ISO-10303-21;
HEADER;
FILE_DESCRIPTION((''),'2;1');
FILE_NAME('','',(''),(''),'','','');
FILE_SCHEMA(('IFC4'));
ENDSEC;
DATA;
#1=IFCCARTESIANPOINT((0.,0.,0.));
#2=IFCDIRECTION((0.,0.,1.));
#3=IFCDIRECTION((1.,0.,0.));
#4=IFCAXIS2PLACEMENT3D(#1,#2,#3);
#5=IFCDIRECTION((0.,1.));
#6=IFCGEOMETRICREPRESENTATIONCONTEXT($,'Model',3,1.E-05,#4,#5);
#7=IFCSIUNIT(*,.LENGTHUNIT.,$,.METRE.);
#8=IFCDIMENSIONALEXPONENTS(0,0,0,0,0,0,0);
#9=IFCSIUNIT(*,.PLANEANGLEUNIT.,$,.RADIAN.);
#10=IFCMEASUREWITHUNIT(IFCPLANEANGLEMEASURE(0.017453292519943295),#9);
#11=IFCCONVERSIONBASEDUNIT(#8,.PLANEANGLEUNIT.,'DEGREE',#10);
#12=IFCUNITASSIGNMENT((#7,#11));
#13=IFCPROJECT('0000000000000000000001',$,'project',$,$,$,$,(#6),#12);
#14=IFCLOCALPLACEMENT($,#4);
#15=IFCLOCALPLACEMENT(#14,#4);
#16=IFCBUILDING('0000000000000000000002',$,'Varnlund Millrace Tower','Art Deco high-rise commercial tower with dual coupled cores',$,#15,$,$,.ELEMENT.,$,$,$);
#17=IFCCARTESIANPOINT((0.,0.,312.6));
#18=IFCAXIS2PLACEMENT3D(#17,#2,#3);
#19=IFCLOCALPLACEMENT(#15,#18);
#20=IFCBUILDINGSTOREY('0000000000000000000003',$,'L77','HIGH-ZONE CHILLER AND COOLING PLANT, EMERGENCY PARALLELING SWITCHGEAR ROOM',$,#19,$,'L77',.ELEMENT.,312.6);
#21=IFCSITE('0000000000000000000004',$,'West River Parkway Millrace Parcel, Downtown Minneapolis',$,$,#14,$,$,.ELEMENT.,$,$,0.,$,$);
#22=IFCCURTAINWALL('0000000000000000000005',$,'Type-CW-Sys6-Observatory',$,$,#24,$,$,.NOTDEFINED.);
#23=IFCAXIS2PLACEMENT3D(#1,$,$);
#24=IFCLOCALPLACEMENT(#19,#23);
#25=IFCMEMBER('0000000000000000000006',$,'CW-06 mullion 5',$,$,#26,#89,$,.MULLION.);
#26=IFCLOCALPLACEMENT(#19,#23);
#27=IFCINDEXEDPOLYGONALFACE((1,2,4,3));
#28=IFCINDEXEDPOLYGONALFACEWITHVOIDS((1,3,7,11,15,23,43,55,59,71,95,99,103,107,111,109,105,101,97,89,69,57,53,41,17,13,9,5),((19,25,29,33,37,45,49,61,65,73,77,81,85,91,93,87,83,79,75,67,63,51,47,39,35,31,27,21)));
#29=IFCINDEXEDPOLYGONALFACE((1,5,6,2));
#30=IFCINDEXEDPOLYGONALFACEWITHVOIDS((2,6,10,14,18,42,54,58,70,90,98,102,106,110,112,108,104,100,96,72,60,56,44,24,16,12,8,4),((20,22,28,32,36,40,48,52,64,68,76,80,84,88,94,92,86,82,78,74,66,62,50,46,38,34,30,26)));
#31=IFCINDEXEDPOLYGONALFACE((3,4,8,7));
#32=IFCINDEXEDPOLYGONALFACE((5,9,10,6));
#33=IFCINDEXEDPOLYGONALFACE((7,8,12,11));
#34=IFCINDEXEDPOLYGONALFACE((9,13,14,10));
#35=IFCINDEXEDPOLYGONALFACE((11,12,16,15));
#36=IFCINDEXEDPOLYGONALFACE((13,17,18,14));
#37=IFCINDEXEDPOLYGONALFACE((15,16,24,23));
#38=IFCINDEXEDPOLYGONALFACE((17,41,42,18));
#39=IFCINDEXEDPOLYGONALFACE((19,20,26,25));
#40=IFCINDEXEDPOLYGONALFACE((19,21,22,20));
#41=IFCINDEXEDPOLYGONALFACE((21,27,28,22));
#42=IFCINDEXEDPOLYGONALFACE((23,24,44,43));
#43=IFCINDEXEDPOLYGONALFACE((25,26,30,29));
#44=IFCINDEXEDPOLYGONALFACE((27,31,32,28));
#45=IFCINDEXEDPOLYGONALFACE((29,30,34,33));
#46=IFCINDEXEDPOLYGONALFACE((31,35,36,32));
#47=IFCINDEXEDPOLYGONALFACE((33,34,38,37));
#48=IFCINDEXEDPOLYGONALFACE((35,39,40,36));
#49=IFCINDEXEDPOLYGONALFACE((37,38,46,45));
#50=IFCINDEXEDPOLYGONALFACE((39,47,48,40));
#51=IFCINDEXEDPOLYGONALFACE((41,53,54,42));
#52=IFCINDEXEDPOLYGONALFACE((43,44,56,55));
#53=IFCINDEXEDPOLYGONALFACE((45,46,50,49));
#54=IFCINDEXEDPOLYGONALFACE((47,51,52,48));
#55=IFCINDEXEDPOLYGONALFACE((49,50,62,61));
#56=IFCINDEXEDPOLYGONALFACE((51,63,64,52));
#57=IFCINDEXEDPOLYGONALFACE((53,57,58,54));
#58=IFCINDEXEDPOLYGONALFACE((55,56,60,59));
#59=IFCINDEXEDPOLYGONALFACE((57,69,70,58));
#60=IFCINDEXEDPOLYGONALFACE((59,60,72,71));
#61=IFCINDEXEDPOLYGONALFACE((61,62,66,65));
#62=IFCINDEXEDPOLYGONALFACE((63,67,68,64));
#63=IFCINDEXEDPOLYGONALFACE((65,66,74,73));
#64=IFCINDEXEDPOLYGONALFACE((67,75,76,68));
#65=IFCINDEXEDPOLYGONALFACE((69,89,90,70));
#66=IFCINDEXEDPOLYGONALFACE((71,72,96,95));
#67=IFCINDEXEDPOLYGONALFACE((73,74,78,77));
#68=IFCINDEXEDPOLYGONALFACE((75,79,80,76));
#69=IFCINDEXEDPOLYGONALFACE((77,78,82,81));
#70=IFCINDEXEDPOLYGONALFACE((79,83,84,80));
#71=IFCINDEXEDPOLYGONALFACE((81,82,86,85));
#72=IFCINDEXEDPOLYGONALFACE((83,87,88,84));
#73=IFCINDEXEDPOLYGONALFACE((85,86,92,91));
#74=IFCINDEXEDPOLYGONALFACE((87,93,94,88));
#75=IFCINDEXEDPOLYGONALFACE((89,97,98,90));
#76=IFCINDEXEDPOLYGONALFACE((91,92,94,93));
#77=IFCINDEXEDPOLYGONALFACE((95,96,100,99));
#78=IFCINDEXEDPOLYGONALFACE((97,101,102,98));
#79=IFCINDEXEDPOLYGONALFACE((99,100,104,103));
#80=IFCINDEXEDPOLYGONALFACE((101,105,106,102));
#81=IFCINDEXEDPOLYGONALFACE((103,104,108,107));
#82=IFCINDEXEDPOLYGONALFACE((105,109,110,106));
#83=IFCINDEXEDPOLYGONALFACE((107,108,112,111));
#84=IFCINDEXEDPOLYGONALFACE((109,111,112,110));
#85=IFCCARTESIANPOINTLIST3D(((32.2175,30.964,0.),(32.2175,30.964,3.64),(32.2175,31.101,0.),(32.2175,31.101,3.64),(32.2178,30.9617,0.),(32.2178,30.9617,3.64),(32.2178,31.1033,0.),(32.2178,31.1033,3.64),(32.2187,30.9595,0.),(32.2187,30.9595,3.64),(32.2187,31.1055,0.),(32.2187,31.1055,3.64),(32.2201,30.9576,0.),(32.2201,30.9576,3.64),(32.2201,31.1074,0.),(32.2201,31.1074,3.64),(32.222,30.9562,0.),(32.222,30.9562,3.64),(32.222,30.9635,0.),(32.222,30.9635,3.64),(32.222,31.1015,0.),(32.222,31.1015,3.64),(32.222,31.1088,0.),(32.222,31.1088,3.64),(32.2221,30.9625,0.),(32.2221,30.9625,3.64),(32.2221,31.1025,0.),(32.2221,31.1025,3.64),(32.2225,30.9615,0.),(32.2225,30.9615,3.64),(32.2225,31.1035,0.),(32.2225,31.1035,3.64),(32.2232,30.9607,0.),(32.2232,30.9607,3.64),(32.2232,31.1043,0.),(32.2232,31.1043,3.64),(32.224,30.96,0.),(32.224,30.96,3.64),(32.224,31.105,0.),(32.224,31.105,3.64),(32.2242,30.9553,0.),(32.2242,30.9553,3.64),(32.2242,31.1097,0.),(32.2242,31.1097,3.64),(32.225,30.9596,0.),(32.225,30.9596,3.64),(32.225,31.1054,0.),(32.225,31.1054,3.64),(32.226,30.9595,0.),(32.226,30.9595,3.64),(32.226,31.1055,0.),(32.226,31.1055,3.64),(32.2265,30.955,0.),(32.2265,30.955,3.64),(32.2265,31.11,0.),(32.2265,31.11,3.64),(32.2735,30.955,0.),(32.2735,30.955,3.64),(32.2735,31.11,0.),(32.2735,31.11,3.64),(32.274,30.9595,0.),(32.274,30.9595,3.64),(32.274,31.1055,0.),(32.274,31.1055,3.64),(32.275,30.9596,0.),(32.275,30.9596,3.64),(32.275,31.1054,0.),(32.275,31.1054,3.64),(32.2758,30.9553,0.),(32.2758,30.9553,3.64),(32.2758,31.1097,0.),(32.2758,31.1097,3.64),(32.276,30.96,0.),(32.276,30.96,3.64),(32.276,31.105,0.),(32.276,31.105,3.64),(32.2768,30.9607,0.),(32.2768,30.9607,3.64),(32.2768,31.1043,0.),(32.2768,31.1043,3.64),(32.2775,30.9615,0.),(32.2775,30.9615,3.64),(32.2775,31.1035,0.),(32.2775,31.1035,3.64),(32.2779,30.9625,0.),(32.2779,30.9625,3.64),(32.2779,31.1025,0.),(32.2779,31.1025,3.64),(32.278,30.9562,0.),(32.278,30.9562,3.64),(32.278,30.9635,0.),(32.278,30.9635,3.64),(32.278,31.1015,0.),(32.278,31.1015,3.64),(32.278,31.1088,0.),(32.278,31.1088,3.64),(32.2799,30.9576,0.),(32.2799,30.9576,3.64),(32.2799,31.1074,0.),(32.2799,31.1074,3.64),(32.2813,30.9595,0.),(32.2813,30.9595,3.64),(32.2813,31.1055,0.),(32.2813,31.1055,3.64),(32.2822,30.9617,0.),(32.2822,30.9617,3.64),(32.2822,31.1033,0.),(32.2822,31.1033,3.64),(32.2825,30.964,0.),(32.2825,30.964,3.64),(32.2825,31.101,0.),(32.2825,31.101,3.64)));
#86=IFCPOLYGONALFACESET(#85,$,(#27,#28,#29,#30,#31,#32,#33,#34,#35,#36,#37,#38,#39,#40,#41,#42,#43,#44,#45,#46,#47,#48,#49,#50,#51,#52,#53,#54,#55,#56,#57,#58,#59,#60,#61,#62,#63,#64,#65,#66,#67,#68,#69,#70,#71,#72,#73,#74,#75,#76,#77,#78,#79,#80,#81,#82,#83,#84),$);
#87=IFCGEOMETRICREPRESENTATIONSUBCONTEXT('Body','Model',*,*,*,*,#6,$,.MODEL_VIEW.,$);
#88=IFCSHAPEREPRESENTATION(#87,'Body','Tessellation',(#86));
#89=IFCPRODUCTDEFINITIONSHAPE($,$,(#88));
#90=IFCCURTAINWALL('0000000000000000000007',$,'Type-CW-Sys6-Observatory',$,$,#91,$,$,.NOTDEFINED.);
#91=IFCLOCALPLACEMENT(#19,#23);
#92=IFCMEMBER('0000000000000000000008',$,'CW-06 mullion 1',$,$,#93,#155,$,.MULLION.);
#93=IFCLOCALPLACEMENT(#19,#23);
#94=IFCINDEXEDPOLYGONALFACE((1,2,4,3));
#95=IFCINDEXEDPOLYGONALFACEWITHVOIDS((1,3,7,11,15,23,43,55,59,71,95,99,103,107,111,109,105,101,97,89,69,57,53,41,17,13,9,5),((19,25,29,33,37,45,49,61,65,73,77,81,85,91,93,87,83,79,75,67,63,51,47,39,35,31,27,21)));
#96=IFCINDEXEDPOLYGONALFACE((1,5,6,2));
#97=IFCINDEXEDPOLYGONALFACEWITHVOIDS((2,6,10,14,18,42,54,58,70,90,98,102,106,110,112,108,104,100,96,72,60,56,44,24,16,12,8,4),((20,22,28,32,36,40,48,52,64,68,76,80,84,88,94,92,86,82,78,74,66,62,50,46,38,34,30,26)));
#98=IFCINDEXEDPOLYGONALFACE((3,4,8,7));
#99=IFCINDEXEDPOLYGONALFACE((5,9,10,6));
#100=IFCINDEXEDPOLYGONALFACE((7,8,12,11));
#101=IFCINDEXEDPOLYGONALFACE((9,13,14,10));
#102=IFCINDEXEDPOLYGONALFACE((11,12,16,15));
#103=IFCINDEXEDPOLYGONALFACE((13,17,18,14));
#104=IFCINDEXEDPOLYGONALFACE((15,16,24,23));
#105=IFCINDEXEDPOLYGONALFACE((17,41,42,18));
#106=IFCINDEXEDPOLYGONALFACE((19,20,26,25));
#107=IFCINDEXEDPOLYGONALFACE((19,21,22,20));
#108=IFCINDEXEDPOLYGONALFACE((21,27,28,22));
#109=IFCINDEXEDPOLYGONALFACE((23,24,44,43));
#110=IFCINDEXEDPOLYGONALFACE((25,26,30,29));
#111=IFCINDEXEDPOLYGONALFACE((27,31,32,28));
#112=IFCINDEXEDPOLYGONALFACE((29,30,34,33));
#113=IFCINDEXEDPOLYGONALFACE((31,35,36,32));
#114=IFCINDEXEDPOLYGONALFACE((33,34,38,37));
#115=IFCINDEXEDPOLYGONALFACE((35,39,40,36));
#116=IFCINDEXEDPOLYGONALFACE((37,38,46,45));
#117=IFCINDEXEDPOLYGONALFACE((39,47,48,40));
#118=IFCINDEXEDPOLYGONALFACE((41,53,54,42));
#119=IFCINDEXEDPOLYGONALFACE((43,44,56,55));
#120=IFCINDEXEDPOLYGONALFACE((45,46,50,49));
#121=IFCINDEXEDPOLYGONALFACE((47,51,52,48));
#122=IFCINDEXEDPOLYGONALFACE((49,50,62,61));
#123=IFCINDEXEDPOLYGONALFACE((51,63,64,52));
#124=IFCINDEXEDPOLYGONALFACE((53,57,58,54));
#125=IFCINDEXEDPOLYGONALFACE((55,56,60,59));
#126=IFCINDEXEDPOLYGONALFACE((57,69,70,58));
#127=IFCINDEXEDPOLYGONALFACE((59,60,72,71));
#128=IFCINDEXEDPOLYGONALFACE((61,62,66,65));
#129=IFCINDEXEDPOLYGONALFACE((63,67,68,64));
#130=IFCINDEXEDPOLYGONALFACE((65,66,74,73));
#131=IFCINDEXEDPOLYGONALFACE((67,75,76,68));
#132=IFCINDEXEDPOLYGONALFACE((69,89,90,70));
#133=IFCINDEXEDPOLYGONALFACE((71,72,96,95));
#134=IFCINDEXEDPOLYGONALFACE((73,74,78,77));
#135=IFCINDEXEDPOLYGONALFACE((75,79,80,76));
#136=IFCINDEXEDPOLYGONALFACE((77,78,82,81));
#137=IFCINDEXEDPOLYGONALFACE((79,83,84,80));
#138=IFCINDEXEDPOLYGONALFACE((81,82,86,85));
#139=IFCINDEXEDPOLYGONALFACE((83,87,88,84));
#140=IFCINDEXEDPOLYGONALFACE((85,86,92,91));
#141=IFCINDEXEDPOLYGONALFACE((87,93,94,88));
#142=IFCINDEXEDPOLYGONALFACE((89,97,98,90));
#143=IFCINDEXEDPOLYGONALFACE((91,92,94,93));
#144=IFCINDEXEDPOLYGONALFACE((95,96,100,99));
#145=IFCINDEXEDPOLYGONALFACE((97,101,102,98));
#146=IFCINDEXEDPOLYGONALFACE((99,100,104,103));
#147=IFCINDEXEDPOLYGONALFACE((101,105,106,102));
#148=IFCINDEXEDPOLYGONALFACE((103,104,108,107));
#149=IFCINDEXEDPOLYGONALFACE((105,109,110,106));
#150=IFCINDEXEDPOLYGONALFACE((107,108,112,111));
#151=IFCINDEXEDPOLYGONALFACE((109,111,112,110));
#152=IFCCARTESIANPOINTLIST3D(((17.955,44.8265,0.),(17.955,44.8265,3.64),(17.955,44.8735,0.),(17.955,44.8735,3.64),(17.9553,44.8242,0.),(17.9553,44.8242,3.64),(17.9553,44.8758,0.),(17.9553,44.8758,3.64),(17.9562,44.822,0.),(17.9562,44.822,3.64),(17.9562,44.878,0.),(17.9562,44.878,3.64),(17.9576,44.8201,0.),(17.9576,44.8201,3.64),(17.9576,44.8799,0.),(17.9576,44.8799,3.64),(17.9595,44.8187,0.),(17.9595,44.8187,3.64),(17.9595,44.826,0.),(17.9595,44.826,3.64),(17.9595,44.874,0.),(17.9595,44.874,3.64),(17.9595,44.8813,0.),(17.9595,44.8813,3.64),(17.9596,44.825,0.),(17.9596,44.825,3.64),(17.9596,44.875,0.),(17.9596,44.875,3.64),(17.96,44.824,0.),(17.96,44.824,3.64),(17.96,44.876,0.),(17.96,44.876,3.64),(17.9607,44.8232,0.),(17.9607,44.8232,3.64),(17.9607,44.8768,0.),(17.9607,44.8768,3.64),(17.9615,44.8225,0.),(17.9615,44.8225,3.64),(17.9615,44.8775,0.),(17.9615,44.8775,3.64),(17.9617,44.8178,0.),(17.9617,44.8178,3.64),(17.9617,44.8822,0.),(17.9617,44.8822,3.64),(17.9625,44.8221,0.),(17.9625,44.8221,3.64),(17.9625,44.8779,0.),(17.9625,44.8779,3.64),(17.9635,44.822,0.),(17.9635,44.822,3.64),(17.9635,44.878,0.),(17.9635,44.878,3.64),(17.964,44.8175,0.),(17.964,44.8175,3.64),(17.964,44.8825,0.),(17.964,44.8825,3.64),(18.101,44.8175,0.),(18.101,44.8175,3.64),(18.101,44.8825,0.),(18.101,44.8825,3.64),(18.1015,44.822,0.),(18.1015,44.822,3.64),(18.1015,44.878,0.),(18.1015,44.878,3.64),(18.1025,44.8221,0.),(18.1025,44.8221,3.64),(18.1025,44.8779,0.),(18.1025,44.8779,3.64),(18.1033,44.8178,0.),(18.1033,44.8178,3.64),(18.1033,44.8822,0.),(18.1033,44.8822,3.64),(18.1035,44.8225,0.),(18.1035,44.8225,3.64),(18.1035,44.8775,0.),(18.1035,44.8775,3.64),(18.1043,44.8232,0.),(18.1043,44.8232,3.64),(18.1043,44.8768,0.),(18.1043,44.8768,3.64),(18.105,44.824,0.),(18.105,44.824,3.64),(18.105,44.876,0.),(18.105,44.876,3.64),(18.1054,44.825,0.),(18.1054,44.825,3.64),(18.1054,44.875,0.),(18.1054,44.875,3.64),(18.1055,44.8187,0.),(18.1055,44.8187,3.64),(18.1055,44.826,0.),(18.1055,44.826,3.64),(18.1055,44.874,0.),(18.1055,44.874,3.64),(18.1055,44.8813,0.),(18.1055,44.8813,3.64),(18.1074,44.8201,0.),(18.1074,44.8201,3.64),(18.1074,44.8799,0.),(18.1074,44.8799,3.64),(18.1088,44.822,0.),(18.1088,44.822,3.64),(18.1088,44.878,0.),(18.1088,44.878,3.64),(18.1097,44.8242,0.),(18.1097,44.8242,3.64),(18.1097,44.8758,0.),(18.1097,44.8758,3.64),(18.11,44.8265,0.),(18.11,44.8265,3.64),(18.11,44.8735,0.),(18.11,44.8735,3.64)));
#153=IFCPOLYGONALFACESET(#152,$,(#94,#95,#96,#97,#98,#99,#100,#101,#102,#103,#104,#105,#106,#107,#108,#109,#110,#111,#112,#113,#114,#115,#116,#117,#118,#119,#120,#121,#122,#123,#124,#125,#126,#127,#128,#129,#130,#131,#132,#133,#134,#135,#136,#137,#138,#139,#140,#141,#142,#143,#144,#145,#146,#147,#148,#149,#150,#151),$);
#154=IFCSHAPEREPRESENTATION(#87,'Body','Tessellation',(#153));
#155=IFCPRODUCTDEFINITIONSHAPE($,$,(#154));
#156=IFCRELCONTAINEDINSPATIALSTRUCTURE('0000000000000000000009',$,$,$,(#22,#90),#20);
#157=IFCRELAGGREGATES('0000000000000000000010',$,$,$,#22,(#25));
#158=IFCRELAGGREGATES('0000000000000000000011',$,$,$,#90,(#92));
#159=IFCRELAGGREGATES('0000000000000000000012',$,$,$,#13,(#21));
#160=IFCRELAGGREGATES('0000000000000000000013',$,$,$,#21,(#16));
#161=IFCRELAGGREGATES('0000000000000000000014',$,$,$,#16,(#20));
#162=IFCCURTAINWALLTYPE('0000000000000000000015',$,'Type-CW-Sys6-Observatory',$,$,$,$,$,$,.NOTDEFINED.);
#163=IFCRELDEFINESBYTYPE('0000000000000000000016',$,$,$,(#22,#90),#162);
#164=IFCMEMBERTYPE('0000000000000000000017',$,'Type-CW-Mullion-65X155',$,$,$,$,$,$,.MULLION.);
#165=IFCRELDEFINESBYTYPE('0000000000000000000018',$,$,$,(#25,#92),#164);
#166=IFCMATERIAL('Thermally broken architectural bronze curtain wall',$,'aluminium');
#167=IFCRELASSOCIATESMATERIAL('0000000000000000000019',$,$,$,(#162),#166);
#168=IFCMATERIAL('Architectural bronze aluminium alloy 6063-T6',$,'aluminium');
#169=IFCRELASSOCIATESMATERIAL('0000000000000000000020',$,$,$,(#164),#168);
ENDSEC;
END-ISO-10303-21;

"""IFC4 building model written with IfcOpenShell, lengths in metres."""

from ifc_helpers import new_model, entity, si_unit, converted_unit, direction, frame, origin_with_axes, origin_2d_with_axis, place, context, subcontext, project, spatial, hollow_rectangle, extrude, material, material_profile, profile_set, type_object, element, aggregate, save


model = new_model("IFC4")

# Units and contexts
model_context = context("Model", 3, precision=1e-05, world=origin_with_axes(), true_north=direction((0.0, 1.0)))
body_context = subcontext(model_context, "Body", "Model", "MODEL_VIEW")
ifc_project = project(units=[si_unit("LENGTHUNIT", "METRE"), converted_unit("PLANEANGLEUNIT", "DEGREE", entity("IfcPlaneAngleMeasure", 0.017453292519943295), si_unit("PLANEANGLEUNIT", "RADIAN"), dimensions=[0, 0, 0, 0, 0, 0, 0])], contexts=[model_context])

# Site, building, storey
site_placement = place(None, origin_with_axes())
site = spatial("IfcSite", under=ifc_project, at=site_placement, Name="West River Parkway Millrace Parcel, Downtown Minneapolis", CompositionType="ELEMENT", RefElevation=0.0)
building_placement = place(site_placement, origin_with_axes())
building = spatial("IfcBuilding", under=site, at=building_placement, Name="Varnlund Millrace Tower", Description="Art Deco high-rise commercial tower with dual coupled cores", CompositionType="ELEMENT")
storey_placement = place(building_placement, frame((0.0, 0.0, 312.6), z_axis=(0.0, 0.0, 1.0), x_axis=(1.0, 0.0, 0.0)))
storey = spatial("IfcBuildingStorey", under=building, at=storey_placement, Name="L77", Description="HIGH-ZONE CHILLER AND COOLING PLANT, EMERGENCY PARALLELING SWITCHGEAR ROOM", LongName="L77", CompositionType="ELEMENT", Elevation=312.6)

# Curtain walls, members
ifc_material_1 = material(Name="Thermally broken architectural bronze curtain wall", Category="aluminium")
curtain_wall_type = type_object("IfcCurtainWallType", Name="Type-CW-Sys6-Observatory", PredefinedType="NOTDEFINED", material=ifc_material_1)
curtain_wall_1_placement = place(storey_placement, frame((32.25, 37.0, 0.0), z_axis=(0.0, 0.0, 1.0), x_axis=(1.0, 0.0, 0.0)))
curtain_wall_1 = element("IfcCurtainWall", 1, at=curtain_wall_1_placement, inside=storey, type_object=curtain_wall_type, Name="Type-CW-Sys6-Observatory", PredefinedType="NOTDEFINED")
ifc_material_2 = material(Name="Architectural bronze aluminium alloy 6063-T6", Category="aluminium")
ifc_material_profile_1 = material_profile(ifc_material_2, hollow_rectangle(XDim=0.065, YDim=0.155, WallThickness=0.0045, InnerFilletRadius=0.004, OuterFilletRadius=0.009, at=origin_2d_with_axis()), Name="Architectural bronze aluminium alloy 6063-T6")
ifc_profile_set_1 = profile_set([ifc_material_profile_1], Name="Architectural bronze aluminium alloy 6063-T6")
member_type = type_object("IfcMemberType", Name="Type-CW-Mullion-65X155", PredefinedType="MULLION", material=ifc_profile_set_1)
member_1_placement = place(storey_placement, frame((32.25, 31.0325, 0.0), z_axis=(0.0, 0.0, 1.0), x_axis=(1.0, 0.0, 0.0)))
member_1 = element("IfcMember", 2, at=member_1_placement, type_object=member_type, Name="CW-06 mullion 5", PredefinedType="MULLION", context=body_context, shape_type="SweptSolid", body=[
    extrude(hollow_rectangle(XDim=0.065, YDim=0.155, WallThickness=0.0045, InnerFilletRadius=0.004, OuterFilletRadius=0.009, at=origin_2d_with_axis()), origin_with_axes(), (0.0, 0.0, 1.0), 3.64),
])
aggregate(curtain_wall_1, [member_1])
curtain_wall_2_placement = place(storey_placement, frame((18.0, 44.85, 0.0), z_axis=(0.0, 0.0, 1.0), x_axis=(1.0, 0.0, 0.0)))
curtain_wall_2 = element("IfcCurtainWall", 3, at=curtain_wall_2_placement, inside=storey, type_object=curtain_wall_type, Name="Type-CW-Sys6-Observatory", PredefinedType="NOTDEFINED")
member_2_placement = place(storey_placement, frame((18.0325, 44.85, 0.0), z_axis=(0.0, 0.0, 1.0), x_axis=(0.0, 1.0, 0.0)))
member_2 = element("IfcMember", 4, at=member_2_placement, type_object=member_type, Name="CW-06 mullion 1", PredefinedType="MULLION", context=body_context, shape_type="SweptSolid", body=[
    extrude(hollow_rectangle(XDim=0.065, YDim=0.155, WallThickness=0.0045, InnerFilletRadius=0.004, OuterFilletRadius=0.009, at=origin_2d_with_axis()), origin_with_axes(), (0.0, 0.0, 1.0), 3.64),
])
aggregate(curtain_wall_2, [member_2])

save(model, "model.ifc")
